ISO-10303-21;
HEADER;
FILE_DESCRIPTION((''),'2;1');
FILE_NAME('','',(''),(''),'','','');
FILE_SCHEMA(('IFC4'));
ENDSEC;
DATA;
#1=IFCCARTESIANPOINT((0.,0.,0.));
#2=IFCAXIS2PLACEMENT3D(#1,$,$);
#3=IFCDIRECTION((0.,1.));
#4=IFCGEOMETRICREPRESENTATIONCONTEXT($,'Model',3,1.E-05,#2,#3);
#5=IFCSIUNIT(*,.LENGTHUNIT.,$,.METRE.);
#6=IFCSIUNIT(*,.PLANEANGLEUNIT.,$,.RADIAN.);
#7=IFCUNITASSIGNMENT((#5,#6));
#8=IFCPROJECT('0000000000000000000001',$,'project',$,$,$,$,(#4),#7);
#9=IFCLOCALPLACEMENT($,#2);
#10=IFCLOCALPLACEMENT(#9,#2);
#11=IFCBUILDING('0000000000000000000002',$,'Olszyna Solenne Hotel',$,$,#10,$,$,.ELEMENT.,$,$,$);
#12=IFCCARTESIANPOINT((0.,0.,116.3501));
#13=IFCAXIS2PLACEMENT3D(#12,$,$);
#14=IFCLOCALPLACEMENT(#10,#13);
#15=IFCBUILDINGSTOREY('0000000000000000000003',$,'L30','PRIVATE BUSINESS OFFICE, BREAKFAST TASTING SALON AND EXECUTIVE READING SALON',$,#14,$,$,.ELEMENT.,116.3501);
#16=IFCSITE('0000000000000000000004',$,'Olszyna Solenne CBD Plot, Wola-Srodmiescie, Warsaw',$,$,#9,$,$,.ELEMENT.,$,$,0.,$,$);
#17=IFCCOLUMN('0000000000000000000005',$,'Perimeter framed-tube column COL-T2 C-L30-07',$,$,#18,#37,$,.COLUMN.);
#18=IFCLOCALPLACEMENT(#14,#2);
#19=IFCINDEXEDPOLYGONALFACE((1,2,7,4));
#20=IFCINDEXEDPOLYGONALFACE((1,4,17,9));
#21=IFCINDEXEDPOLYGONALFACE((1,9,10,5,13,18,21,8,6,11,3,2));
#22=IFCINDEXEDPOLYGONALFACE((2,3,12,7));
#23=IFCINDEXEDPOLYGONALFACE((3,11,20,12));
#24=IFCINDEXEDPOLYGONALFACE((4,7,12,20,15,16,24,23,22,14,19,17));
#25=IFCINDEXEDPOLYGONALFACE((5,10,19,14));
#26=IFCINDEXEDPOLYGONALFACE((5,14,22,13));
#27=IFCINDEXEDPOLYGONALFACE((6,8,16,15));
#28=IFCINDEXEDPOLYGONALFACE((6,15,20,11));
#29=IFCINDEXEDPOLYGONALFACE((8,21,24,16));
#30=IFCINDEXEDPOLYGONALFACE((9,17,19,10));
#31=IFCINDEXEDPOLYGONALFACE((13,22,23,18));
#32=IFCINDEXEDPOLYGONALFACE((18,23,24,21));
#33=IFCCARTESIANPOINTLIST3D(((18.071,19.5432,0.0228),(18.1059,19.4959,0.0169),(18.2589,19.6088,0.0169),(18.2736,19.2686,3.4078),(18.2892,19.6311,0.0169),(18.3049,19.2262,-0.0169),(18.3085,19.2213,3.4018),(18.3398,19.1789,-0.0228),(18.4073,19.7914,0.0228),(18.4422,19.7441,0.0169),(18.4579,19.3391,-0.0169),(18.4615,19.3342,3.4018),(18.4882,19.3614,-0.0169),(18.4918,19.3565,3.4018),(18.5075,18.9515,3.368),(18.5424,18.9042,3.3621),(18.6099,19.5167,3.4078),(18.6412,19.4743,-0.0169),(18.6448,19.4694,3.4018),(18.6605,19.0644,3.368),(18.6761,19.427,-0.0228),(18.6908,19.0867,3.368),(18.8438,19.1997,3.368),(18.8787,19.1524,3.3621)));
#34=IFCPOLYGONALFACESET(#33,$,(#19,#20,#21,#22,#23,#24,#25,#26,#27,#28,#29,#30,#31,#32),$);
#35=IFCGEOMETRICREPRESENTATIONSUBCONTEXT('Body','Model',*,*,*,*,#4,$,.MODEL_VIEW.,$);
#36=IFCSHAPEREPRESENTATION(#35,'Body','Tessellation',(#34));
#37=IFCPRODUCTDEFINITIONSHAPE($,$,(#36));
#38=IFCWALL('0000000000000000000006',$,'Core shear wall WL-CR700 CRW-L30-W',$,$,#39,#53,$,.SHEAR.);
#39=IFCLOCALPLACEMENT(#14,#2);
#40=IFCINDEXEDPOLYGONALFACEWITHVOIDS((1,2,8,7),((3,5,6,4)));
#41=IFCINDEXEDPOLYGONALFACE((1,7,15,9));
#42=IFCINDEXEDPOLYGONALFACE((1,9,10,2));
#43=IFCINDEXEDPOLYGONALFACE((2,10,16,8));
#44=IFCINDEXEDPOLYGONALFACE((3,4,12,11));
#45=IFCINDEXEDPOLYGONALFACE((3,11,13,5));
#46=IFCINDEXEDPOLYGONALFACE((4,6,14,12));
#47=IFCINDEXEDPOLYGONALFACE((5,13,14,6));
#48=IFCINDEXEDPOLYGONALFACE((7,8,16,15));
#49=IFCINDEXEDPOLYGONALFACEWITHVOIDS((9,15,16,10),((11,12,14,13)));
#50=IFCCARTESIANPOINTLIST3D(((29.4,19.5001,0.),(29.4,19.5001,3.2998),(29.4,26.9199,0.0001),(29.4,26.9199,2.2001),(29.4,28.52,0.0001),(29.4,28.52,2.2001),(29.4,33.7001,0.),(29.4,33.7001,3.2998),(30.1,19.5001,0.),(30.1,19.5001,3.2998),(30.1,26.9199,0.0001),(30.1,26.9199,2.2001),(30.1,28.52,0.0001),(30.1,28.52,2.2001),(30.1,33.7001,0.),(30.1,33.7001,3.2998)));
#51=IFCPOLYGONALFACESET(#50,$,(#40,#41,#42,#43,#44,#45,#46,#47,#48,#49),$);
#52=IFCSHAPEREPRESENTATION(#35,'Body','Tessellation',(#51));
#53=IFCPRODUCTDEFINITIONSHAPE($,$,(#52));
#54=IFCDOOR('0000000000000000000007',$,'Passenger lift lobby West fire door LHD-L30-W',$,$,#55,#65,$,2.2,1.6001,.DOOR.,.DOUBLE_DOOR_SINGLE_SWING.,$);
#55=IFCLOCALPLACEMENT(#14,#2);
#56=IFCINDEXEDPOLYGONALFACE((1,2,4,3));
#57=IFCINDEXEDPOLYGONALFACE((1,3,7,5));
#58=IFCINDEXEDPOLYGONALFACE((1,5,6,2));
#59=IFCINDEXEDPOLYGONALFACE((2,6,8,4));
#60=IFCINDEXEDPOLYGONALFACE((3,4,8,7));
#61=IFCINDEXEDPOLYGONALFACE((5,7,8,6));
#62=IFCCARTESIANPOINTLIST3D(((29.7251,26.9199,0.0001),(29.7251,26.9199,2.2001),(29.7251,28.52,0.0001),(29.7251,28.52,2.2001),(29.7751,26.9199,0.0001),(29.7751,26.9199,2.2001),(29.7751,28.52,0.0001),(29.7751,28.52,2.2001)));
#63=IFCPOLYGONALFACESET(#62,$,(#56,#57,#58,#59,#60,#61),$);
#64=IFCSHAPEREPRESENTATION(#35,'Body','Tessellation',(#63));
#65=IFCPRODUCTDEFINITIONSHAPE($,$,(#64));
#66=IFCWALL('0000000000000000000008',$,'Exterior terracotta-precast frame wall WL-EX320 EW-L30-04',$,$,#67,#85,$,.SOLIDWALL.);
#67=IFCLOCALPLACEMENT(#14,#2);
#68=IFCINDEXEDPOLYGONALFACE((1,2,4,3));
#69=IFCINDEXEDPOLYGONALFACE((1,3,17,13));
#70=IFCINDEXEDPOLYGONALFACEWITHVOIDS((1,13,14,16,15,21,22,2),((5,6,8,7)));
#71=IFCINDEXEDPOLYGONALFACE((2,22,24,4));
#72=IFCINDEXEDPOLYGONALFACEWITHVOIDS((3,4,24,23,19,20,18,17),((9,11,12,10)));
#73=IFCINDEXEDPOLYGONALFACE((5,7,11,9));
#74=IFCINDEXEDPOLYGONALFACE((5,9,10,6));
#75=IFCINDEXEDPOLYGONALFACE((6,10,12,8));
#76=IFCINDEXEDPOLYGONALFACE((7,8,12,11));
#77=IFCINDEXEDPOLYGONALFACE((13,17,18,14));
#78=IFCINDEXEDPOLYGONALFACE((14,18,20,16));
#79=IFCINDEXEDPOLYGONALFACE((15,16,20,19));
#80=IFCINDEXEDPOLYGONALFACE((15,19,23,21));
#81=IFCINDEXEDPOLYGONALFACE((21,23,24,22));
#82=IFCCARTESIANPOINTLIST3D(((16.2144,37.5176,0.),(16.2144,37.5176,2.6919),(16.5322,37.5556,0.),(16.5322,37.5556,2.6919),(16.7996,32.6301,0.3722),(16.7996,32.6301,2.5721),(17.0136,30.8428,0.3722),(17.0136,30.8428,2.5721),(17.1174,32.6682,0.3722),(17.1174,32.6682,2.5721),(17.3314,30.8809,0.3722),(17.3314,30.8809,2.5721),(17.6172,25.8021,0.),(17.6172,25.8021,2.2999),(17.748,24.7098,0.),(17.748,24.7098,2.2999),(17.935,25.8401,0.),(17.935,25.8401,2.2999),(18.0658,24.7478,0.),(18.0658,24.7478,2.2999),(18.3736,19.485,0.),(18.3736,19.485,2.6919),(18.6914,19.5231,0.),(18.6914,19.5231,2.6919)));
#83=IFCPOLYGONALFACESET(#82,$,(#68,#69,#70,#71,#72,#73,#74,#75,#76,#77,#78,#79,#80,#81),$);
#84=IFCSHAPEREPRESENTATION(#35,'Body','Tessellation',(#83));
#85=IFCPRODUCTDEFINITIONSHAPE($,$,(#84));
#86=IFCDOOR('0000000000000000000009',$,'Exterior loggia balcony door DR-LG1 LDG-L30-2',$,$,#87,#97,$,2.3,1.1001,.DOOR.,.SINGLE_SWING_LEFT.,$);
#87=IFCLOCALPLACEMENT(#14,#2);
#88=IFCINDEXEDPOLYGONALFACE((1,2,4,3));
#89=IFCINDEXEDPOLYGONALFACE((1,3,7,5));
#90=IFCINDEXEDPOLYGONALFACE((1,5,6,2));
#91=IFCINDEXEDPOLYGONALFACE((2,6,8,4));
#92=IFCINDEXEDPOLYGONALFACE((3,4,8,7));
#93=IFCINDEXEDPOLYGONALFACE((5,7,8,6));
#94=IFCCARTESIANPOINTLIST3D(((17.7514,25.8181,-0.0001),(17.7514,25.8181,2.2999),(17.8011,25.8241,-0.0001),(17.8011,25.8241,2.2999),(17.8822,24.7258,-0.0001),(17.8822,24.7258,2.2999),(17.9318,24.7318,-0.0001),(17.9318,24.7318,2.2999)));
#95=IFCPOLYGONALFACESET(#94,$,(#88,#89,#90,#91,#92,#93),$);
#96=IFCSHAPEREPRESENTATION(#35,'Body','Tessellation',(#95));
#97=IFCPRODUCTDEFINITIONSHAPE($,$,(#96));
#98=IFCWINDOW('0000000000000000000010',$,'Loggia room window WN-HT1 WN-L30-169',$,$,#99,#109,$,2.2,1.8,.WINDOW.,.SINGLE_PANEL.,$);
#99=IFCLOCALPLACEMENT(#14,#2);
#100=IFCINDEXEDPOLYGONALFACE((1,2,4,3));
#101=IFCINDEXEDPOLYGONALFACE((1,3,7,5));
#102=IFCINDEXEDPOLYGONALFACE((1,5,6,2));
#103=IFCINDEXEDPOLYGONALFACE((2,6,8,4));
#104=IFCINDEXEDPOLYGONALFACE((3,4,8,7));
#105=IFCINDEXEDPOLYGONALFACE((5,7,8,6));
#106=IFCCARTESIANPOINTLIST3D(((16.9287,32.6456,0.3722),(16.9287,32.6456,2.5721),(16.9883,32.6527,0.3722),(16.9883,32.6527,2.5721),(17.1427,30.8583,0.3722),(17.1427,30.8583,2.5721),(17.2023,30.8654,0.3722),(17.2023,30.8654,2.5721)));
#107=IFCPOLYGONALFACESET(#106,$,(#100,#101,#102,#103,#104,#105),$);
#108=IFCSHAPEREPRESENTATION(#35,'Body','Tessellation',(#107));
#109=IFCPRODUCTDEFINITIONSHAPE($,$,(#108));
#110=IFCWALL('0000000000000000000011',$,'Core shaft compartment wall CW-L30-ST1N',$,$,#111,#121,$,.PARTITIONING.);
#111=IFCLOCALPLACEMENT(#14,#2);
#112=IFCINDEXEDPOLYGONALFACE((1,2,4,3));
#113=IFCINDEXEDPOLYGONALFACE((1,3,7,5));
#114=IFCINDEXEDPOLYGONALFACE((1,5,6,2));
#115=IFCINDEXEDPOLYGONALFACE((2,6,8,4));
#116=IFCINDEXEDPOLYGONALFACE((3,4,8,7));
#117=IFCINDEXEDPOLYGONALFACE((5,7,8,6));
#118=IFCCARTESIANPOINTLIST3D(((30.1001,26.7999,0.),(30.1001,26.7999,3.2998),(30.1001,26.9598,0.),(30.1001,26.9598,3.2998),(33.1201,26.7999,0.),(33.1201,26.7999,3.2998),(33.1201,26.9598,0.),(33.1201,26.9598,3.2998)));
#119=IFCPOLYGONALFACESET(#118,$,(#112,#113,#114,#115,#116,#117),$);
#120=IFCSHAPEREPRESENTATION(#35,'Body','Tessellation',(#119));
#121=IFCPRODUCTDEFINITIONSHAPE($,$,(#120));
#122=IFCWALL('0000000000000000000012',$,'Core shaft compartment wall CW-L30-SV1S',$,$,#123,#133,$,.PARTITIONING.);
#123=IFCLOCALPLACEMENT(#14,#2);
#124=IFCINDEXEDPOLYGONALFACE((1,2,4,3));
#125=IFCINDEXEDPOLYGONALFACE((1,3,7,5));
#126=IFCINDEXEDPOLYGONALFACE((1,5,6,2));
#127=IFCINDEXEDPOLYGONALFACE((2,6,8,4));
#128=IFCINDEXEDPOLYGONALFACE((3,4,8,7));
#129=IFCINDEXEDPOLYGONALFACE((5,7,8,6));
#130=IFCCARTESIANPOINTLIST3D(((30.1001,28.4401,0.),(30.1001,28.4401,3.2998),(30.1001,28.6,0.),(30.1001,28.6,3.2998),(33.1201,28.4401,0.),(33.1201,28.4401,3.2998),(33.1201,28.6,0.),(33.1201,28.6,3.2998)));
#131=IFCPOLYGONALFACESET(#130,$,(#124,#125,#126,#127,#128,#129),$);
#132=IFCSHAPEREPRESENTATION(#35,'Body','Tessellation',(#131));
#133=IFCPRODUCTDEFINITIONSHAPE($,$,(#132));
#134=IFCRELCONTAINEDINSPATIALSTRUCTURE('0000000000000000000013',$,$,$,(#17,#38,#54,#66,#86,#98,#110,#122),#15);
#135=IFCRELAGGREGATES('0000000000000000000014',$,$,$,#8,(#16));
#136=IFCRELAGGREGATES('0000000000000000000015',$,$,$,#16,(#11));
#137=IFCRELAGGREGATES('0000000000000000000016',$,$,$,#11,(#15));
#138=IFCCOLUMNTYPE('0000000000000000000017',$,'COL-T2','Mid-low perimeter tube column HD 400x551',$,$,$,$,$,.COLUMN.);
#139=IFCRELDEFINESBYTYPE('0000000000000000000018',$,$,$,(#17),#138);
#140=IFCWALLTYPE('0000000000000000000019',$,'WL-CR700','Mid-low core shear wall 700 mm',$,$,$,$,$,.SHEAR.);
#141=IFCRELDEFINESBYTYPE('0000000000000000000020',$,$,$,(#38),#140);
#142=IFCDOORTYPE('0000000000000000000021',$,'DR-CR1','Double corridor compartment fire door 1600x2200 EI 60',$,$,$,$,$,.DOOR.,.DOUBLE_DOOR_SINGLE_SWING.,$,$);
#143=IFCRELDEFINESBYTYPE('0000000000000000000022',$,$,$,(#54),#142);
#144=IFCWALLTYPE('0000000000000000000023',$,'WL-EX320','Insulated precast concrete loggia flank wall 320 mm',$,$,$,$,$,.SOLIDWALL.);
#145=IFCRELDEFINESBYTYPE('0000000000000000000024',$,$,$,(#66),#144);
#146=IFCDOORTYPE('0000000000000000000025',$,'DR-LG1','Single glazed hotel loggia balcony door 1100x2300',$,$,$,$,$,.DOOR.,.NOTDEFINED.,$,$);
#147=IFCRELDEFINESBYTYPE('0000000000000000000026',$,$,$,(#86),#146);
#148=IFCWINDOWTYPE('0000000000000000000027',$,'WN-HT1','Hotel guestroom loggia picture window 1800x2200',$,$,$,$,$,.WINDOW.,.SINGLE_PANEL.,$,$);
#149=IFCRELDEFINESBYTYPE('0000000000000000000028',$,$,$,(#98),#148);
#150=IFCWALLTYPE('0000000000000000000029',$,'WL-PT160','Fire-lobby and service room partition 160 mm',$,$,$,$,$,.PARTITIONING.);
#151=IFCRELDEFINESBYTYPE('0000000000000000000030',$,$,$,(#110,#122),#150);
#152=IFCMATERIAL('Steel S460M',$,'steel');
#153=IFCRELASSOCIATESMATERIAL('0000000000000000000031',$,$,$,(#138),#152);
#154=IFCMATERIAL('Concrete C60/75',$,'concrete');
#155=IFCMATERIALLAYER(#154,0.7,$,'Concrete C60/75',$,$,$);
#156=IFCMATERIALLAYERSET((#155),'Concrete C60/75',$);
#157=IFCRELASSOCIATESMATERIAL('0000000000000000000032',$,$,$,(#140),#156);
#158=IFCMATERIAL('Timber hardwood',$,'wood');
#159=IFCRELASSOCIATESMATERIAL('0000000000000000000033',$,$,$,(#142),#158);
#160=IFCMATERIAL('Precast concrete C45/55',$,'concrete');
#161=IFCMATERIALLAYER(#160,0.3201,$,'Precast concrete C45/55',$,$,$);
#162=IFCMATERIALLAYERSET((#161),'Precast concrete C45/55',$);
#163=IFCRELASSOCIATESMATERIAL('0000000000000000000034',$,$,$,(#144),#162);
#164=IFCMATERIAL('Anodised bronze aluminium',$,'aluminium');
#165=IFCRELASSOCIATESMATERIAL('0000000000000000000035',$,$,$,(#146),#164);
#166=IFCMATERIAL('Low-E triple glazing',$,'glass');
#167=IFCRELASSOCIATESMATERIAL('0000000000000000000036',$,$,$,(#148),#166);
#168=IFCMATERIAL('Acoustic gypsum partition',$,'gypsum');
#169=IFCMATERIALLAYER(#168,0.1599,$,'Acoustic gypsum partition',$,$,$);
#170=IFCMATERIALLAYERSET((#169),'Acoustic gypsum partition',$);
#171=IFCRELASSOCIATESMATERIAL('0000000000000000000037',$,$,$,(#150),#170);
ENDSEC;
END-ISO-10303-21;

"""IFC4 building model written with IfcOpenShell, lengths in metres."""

from ifc_helpers import new_model, si_unit, direction, frame, frame_2d, origin, origin_2d, place, context, subcontext, project, spatial, rectangle, i_section, extrude, source, transform, mapped, material, layer, layer_set, material_profile, profile_set, type_object, type_shapes, element, fill, save


model = new_model("IFC4")

# Units and contexts
model_context = context("Model", 3, precision=1e-05, world=origin(), true_north=direction((0.0, 1.0)))
body_context = subcontext(model_context, "Body", "Model", "MODEL_VIEW")
ifc_project = project(units=[si_unit("LENGTHUNIT", "METRE"), si_unit("PLANEANGLEUNIT", "RADIAN")], contexts=[model_context])

# Site, building, storey
site_placement = place(None, origin())
site = spatial("IfcSite", under=ifc_project, at=site_placement, Name="Olszyna Solenne CBD Plot, Wola-Srodmiescie, Warsaw", CompositionType="ELEMENT", RefElevation=0.0)
building_placement = place(site_placement, origin())
building = spatial("IfcBuilding", under=site, at=building_placement, Name="Olszyna Solenne Hotel", CompositionType="ELEMENT")
storey_placement = place(building_placement, frame((0.0, 0.0, 116.3501)))
storey = spatial("IfcBuildingStorey", under=building, at=storey_placement, Name="L30", Description="PRIVATE BUSINESS OFFICE, BREAKFAST TASTING SALON AND EXECUTIVE READING SALON", CompositionType="ELEMENT", Elevation=116.3501)

# Column
ifc_material_1 = material(Name="Steel S460M", Category="steel")
ifc_material_profile = material_profile(ifc_material_1, i_section(OverallWidth=0.418, OverallDepth=0.4551, WebThickness=0.0376, FlangeThickness=0.0591, at=origin_2d()), Name="HD 400x551", Category="load-bearing")
ifc_profile_set = profile_set([ifc_material_profile], Name="Steel S460M")
column_type = type_object("IfcColumnType", Name="COL-T2", Description="Mid-low perimeter tube column HD 400x551", PredefinedType="COLUMN", material=ifc_profile_set)
shared_shape_1 = source(origin(), body_context, "Body", "SweptSolid", [
    extrude(i_section(OverallWidth=0.418, OverallDepth=0.4551, WebThickness=0.0376, FlangeThickness=0.0591, at=origin_2d()), origin(), (0.0, 0.0, 1.0), 3.4021),
])
column_placement = place(storey_placement, frame((18.3735, 19.4851, 0.0), z_axis=(0.059561, -0.08073, 0.994955), x_axis=(0.804696, 0.593687, 0.0)))
element("IfcColumn", 1, at=column_placement, inside=storey, type_object=column_type, Name="Perimeter framed-tube column COL-T2 C-L30-07", PredefinedType="COLUMN", context=body_context, shape_type="MappedRepresentation", body=[
    mapped(shared_shape_1, transform((0.0, 0.0, 0.0), x_axis=(1.0, 0.0, 0.0), y_axis=(0.0, 1.0, 0.0), z_axis=(0.0, 0.0, 1.0), scale=1.0)),
])

# Wall, opening, door
ifc_material_2 = material(Name="Concrete C60/75", Category="concrete")
ifc_layer_1 = layer(ifc_material_2, 0.7, Name="Concrete C60/75")
ifc_layer_set_1 = layer_set([ifc_layer_1], Name="Concrete C60/75")
wall_type_1 = type_object("IfcWallType", Name="WL-CR700", Description="Mid-low core shear wall 700 mm", PredefinedType="SHEAR", material=ifc_layer_set_1)
wall_1_placement = place(storey_placement, frame((29.75, 19.5, 0.0), z_axis=(0.0, 0.0, 1.0), x_axis=(0.0, 1.0, 0.0)))
wall_1 = element("IfcWall", 2, at=wall_1_placement, inside=storey, type_object=wall_type_1, Name="Core shear wall WL-CR700 CRW-L30-W", PredefinedType="SHEAR", context=body_context, shape_type="SweptSolid", body=[
    extrude(rectangle(XDim=14.2, YDim=0.7, at=frame_2d((7.1001, 0.0))), origin(), (0.0, 0.0, 1.0), 3.2998),
])
opening_1_placement = place(wall_1_placement, frame((7.4199, 0.0, 0.0)))
opening_1 = element("IfcOpeningElement", 3, at=opening_1_placement, cuts=wall_1, PredefinedType="OPENING", context=body_context, shape_type="SweptSolid", body=[
    extrude(rectangle(XDim=1.6001, YDim=2.2, at=frame_2d((0.8, 1.1001))), frame((0.0, 0.3599, 0.0), z_axis=(0.0, -1.0, 0.0), x_axis=(1.0, 0.0, 0.0)), (0.0, 0.0, 1.0), 0.72),
])
ifc_material_3 = material(Name="Timber hardwood", Category="wood")
door_type_1 = type_object("IfcDoorType", Name="DR-CR1", Description="Double corridor compartment fire door 1600x2200 EI 60", OperationType="DOUBLE_DOOR_SINGLE_SWING", PredefinedType="DOOR", material=ifc_material_3)
shared_shape_2 = source(origin(), body_context, "Body", "SweptSolid", [
    extrude(rectangle(XDim=1.6001, YDim=2.2, at=frame_2d((0.8, 1.1001))), frame((0.0, 0.0249, 0.0), z_axis=(0.0, -1.0, 0.0), x_axis=(1.0, 0.0, 0.0)), (0.0, 0.0, 1.0), 0.05),
])
type_shapes(door_type_1, [shared_shape_2])
door_1_placement = place(opening_1_placement, origin())
door_1 = element("IfcDoor", 4, at=door_1_placement, inside=storey, type_object=door_type_1, Name="Passenger lift lobby West fire door LHD-L30-W", OperationType="DOUBLE_DOOR_SINGLE_SWING", OverallHeight=2.2, OverallWidth=1.6001, PredefinedType="DOOR", context=body_context, shape_type="MappedRepresentation", body=[
    mapped(shared_shape_2, transform((0.0, 0.0, 0.0), x_axis=(1.0, 0.0, 0.0), y_axis=(0.0, 1.0, 0.0), z_axis=(0.0, 0.0, 1.0), scale=1.0)),
])
fill(opening_1, door_1)

# Wall, openings, door, window
ifc_material_4 = material(Name="Precast concrete C45/55", Category="concrete")
ifc_layer_2 = layer(ifc_material_4, 0.3201, Name="Precast concrete C45/55")
ifc_layer_set_2 = layer_set([ifc_layer_2], Name="Precast concrete C45/55")
wall_type_2 = type_object("IfcWallType", Name="WL-EX320", Description="Insulated precast concrete loggia flank wall 320 mm", PredefinedType="SOLIDWALL", material=ifc_layer_set_2)
wall_2_placement = place(storey_placement, frame((18.5325, 19.5042, 0.0), z_axis=(0.0, 0.0, 1.0), x_axis=(-0.118889, 0.992908, 0.0)))
wall_2 = element("IfcWall", 5, at=wall_2_placement, inside=storey, type_object=wall_type_2, Name="Exterior terracotta-precast frame wall WL-EX320 EW-L30-04", PredefinedType="SOLIDWALL", context=body_context, shape_type="SweptSolid", body=[
    extrude(rectangle(XDim=18.1614, YDim=0.3201, at=frame_2d((9.0806, 0.0))), origin(), (0.0, 0.0, 1.0), 2.6919),
])
opening_2_placement = place(wall_2_placement, frame((5.262, 0.0, 0.0)))
opening_2 = element("IfcOpeningElement", 6, at=opening_2_placement, cuts=wall_2, PredefinedType="OPENING", context=body_context, shape_type="SweptSolid", body=[
    extrude(rectangle(XDim=1.1001, YDim=2.3, at=frame_2d((0.55, 1.1499))), frame((0.0, 0.1699, 0.0), z_axis=(0.0, -1.0, 0.0), x_axis=(1.0, 0.0, 0.0)), (0.0, 0.0, 1.0), 0.3401),
])
opening_3_placement = place(wall_2_placement, frame((11.439, 0.0, 0.3721)))
opening_3 = element("IfcOpeningElement", 7, at=opening_3_placement, cuts=wall_2, PredefinedType="OPENING", context=body_context, shape_type="SweptSolid", body=[
    extrude(rectangle(XDim=1.8, YDim=2.2, at=frame_2d((0.8999, 1.1001))), frame((0.0, 0.1699, 0.0), z_axis=(0.0, -1.0, 0.0), x_axis=(1.0, 0.0, 0.0)), (0.0, 0.0, 1.0), 0.3401),
])
ifc_material_5 = material(Name="Anodised bronze aluminium", Category="aluminium")
door_type_2 = type_object("IfcDoorType", Name="DR-LG1", Description="Single glazed hotel loggia balcony door 1100x2300", OperationType="NOTDEFINED", PredefinedType="DOOR", material=ifc_material_5)
shared_shape_3 = source(origin(), body_context, "Body", "SweptSolid", [
    extrude(rectangle(XDim=1.1001, YDim=2.3, at=frame_2d((0.55, 1.1499))), frame((0.0, 0.0249, 0.0), z_axis=(0.0, -1.0, 0.0), x_axis=(1.0, 0.0, 0.0)), (0.0, 0.0, 1.0), 0.05),
])
type_shapes(door_type_2, [shared_shape_3])
door_2_placement = place(opening_2_placement, origin())
door_2 = element("IfcDoor", 8, at=door_2_placement, inside=storey, type_object=door_type_2, Name="Exterior loggia balcony door DR-LG1 LDG-L30-2", OperationType="SINGLE_SWING_LEFT", OverallHeight=2.3, OverallWidth=1.1001, PredefinedType="DOOR", context=body_context, shape_type="MappedRepresentation", body=[
    mapped(shared_shape_3, transform((0.0, 0.0, 0.0), x_axis=(1.0, 0.0, 0.0), y_axis=(0.0, 1.0, 0.0), z_axis=(0.0, 0.0, 1.0), scale=1.0)),
])
fill(opening_2, door_2)
ifc_material_6 = material(Name="Low-E triple glazing", Category="glass")
window_type = type_object("IfcWindowType", Name="WN-HT1", Description="Hotel guestroom loggia picture window 1800x2200", PartitioningType="SINGLE_PANEL", PredefinedType="WINDOW", material=ifc_material_6)
shared_shape_4 = source(origin(), body_context, "Body", "SweptSolid", [
    extrude(rectangle(XDim=1.8, YDim=2.2, at=frame_2d((0.8999, 1.1001))), frame((0.0, 0.03, 0.0), z_axis=(0.0, -1.0, 0.0), x_axis=(1.0, 0.0, 0.0)), (0.0, 0.0, 1.0), 0.0601),
])
type_shapes(window_type, [shared_shape_4])
window_placement = place(opening_3_placement, origin())
window = element("IfcWindow", 9, at=window_placement, inside=storey, type_object=window_type, Name="Loggia room window WN-HT1 WN-L30-169", OverallHeight=2.2, OverallWidth=1.8, PartitioningType="SINGLE_PANEL", PredefinedType="WINDOW", context=body_context, shape_type="MappedRepresentation", body=[
    mapped(shared_shape_4, transform((0.0, 0.0, 0.0), x_axis=(1.0, 0.0, 0.0), y_axis=(0.0, 1.0, 0.0), z_axis=(0.0, 0.0, 1.0), scale=1.0)),
])
fill(opening_3, window)

# Walls
ifc_material_7 = material(Name="Acoustic gypsum partition", Category="gypsum")
ifc_layer_3 = layer(ifc_material_7, 0.1599, Name="Acoustic gypsum partition")
ifc_layer_set_3 = layer_set([ifc_layer_3], Name="Acoustic gypsum partition")
wall_type_3 = type_object("IfcWallType", Name="WL-PT160", Description="Fire-lobby and service room partition 160 mm", PredefinedType="PARTITIONING", material=ifc_layer_set_3)
for number, where, z_axis, x_axis, name in (
    (10, (30.1001, 26.8799, 0.0), (0.0, 0.0, 1.0), (1.0, 0.0, 0.0), "Core shaft compartment wall CW-L30-ST1N"),
    (11, (30.1001, 28.52, 0.0), (0.0, 0.0, 1.0), (1.0, 0.0, 0.0), "Core shaft compartment wall CW-L30-SV1S"),
):
    element("IfcWall", number, at=place(storey_placement, frame(where, z_axis=z_axis, x_axis=x_axis)), inside=storey, type_object=wall_type_3, Name=name, PredefinedType="PARTITIONING", context=body_context, shape_type="SweptSolid", body=[
        extrude(rectangle(XDim=3.02, YDim=0.1599, at=frame_2d((1.51, 0.0))), origin(), (0.0, 0.0, 1.0), 3.2998),
    ])

save(model, "model.ifc")
